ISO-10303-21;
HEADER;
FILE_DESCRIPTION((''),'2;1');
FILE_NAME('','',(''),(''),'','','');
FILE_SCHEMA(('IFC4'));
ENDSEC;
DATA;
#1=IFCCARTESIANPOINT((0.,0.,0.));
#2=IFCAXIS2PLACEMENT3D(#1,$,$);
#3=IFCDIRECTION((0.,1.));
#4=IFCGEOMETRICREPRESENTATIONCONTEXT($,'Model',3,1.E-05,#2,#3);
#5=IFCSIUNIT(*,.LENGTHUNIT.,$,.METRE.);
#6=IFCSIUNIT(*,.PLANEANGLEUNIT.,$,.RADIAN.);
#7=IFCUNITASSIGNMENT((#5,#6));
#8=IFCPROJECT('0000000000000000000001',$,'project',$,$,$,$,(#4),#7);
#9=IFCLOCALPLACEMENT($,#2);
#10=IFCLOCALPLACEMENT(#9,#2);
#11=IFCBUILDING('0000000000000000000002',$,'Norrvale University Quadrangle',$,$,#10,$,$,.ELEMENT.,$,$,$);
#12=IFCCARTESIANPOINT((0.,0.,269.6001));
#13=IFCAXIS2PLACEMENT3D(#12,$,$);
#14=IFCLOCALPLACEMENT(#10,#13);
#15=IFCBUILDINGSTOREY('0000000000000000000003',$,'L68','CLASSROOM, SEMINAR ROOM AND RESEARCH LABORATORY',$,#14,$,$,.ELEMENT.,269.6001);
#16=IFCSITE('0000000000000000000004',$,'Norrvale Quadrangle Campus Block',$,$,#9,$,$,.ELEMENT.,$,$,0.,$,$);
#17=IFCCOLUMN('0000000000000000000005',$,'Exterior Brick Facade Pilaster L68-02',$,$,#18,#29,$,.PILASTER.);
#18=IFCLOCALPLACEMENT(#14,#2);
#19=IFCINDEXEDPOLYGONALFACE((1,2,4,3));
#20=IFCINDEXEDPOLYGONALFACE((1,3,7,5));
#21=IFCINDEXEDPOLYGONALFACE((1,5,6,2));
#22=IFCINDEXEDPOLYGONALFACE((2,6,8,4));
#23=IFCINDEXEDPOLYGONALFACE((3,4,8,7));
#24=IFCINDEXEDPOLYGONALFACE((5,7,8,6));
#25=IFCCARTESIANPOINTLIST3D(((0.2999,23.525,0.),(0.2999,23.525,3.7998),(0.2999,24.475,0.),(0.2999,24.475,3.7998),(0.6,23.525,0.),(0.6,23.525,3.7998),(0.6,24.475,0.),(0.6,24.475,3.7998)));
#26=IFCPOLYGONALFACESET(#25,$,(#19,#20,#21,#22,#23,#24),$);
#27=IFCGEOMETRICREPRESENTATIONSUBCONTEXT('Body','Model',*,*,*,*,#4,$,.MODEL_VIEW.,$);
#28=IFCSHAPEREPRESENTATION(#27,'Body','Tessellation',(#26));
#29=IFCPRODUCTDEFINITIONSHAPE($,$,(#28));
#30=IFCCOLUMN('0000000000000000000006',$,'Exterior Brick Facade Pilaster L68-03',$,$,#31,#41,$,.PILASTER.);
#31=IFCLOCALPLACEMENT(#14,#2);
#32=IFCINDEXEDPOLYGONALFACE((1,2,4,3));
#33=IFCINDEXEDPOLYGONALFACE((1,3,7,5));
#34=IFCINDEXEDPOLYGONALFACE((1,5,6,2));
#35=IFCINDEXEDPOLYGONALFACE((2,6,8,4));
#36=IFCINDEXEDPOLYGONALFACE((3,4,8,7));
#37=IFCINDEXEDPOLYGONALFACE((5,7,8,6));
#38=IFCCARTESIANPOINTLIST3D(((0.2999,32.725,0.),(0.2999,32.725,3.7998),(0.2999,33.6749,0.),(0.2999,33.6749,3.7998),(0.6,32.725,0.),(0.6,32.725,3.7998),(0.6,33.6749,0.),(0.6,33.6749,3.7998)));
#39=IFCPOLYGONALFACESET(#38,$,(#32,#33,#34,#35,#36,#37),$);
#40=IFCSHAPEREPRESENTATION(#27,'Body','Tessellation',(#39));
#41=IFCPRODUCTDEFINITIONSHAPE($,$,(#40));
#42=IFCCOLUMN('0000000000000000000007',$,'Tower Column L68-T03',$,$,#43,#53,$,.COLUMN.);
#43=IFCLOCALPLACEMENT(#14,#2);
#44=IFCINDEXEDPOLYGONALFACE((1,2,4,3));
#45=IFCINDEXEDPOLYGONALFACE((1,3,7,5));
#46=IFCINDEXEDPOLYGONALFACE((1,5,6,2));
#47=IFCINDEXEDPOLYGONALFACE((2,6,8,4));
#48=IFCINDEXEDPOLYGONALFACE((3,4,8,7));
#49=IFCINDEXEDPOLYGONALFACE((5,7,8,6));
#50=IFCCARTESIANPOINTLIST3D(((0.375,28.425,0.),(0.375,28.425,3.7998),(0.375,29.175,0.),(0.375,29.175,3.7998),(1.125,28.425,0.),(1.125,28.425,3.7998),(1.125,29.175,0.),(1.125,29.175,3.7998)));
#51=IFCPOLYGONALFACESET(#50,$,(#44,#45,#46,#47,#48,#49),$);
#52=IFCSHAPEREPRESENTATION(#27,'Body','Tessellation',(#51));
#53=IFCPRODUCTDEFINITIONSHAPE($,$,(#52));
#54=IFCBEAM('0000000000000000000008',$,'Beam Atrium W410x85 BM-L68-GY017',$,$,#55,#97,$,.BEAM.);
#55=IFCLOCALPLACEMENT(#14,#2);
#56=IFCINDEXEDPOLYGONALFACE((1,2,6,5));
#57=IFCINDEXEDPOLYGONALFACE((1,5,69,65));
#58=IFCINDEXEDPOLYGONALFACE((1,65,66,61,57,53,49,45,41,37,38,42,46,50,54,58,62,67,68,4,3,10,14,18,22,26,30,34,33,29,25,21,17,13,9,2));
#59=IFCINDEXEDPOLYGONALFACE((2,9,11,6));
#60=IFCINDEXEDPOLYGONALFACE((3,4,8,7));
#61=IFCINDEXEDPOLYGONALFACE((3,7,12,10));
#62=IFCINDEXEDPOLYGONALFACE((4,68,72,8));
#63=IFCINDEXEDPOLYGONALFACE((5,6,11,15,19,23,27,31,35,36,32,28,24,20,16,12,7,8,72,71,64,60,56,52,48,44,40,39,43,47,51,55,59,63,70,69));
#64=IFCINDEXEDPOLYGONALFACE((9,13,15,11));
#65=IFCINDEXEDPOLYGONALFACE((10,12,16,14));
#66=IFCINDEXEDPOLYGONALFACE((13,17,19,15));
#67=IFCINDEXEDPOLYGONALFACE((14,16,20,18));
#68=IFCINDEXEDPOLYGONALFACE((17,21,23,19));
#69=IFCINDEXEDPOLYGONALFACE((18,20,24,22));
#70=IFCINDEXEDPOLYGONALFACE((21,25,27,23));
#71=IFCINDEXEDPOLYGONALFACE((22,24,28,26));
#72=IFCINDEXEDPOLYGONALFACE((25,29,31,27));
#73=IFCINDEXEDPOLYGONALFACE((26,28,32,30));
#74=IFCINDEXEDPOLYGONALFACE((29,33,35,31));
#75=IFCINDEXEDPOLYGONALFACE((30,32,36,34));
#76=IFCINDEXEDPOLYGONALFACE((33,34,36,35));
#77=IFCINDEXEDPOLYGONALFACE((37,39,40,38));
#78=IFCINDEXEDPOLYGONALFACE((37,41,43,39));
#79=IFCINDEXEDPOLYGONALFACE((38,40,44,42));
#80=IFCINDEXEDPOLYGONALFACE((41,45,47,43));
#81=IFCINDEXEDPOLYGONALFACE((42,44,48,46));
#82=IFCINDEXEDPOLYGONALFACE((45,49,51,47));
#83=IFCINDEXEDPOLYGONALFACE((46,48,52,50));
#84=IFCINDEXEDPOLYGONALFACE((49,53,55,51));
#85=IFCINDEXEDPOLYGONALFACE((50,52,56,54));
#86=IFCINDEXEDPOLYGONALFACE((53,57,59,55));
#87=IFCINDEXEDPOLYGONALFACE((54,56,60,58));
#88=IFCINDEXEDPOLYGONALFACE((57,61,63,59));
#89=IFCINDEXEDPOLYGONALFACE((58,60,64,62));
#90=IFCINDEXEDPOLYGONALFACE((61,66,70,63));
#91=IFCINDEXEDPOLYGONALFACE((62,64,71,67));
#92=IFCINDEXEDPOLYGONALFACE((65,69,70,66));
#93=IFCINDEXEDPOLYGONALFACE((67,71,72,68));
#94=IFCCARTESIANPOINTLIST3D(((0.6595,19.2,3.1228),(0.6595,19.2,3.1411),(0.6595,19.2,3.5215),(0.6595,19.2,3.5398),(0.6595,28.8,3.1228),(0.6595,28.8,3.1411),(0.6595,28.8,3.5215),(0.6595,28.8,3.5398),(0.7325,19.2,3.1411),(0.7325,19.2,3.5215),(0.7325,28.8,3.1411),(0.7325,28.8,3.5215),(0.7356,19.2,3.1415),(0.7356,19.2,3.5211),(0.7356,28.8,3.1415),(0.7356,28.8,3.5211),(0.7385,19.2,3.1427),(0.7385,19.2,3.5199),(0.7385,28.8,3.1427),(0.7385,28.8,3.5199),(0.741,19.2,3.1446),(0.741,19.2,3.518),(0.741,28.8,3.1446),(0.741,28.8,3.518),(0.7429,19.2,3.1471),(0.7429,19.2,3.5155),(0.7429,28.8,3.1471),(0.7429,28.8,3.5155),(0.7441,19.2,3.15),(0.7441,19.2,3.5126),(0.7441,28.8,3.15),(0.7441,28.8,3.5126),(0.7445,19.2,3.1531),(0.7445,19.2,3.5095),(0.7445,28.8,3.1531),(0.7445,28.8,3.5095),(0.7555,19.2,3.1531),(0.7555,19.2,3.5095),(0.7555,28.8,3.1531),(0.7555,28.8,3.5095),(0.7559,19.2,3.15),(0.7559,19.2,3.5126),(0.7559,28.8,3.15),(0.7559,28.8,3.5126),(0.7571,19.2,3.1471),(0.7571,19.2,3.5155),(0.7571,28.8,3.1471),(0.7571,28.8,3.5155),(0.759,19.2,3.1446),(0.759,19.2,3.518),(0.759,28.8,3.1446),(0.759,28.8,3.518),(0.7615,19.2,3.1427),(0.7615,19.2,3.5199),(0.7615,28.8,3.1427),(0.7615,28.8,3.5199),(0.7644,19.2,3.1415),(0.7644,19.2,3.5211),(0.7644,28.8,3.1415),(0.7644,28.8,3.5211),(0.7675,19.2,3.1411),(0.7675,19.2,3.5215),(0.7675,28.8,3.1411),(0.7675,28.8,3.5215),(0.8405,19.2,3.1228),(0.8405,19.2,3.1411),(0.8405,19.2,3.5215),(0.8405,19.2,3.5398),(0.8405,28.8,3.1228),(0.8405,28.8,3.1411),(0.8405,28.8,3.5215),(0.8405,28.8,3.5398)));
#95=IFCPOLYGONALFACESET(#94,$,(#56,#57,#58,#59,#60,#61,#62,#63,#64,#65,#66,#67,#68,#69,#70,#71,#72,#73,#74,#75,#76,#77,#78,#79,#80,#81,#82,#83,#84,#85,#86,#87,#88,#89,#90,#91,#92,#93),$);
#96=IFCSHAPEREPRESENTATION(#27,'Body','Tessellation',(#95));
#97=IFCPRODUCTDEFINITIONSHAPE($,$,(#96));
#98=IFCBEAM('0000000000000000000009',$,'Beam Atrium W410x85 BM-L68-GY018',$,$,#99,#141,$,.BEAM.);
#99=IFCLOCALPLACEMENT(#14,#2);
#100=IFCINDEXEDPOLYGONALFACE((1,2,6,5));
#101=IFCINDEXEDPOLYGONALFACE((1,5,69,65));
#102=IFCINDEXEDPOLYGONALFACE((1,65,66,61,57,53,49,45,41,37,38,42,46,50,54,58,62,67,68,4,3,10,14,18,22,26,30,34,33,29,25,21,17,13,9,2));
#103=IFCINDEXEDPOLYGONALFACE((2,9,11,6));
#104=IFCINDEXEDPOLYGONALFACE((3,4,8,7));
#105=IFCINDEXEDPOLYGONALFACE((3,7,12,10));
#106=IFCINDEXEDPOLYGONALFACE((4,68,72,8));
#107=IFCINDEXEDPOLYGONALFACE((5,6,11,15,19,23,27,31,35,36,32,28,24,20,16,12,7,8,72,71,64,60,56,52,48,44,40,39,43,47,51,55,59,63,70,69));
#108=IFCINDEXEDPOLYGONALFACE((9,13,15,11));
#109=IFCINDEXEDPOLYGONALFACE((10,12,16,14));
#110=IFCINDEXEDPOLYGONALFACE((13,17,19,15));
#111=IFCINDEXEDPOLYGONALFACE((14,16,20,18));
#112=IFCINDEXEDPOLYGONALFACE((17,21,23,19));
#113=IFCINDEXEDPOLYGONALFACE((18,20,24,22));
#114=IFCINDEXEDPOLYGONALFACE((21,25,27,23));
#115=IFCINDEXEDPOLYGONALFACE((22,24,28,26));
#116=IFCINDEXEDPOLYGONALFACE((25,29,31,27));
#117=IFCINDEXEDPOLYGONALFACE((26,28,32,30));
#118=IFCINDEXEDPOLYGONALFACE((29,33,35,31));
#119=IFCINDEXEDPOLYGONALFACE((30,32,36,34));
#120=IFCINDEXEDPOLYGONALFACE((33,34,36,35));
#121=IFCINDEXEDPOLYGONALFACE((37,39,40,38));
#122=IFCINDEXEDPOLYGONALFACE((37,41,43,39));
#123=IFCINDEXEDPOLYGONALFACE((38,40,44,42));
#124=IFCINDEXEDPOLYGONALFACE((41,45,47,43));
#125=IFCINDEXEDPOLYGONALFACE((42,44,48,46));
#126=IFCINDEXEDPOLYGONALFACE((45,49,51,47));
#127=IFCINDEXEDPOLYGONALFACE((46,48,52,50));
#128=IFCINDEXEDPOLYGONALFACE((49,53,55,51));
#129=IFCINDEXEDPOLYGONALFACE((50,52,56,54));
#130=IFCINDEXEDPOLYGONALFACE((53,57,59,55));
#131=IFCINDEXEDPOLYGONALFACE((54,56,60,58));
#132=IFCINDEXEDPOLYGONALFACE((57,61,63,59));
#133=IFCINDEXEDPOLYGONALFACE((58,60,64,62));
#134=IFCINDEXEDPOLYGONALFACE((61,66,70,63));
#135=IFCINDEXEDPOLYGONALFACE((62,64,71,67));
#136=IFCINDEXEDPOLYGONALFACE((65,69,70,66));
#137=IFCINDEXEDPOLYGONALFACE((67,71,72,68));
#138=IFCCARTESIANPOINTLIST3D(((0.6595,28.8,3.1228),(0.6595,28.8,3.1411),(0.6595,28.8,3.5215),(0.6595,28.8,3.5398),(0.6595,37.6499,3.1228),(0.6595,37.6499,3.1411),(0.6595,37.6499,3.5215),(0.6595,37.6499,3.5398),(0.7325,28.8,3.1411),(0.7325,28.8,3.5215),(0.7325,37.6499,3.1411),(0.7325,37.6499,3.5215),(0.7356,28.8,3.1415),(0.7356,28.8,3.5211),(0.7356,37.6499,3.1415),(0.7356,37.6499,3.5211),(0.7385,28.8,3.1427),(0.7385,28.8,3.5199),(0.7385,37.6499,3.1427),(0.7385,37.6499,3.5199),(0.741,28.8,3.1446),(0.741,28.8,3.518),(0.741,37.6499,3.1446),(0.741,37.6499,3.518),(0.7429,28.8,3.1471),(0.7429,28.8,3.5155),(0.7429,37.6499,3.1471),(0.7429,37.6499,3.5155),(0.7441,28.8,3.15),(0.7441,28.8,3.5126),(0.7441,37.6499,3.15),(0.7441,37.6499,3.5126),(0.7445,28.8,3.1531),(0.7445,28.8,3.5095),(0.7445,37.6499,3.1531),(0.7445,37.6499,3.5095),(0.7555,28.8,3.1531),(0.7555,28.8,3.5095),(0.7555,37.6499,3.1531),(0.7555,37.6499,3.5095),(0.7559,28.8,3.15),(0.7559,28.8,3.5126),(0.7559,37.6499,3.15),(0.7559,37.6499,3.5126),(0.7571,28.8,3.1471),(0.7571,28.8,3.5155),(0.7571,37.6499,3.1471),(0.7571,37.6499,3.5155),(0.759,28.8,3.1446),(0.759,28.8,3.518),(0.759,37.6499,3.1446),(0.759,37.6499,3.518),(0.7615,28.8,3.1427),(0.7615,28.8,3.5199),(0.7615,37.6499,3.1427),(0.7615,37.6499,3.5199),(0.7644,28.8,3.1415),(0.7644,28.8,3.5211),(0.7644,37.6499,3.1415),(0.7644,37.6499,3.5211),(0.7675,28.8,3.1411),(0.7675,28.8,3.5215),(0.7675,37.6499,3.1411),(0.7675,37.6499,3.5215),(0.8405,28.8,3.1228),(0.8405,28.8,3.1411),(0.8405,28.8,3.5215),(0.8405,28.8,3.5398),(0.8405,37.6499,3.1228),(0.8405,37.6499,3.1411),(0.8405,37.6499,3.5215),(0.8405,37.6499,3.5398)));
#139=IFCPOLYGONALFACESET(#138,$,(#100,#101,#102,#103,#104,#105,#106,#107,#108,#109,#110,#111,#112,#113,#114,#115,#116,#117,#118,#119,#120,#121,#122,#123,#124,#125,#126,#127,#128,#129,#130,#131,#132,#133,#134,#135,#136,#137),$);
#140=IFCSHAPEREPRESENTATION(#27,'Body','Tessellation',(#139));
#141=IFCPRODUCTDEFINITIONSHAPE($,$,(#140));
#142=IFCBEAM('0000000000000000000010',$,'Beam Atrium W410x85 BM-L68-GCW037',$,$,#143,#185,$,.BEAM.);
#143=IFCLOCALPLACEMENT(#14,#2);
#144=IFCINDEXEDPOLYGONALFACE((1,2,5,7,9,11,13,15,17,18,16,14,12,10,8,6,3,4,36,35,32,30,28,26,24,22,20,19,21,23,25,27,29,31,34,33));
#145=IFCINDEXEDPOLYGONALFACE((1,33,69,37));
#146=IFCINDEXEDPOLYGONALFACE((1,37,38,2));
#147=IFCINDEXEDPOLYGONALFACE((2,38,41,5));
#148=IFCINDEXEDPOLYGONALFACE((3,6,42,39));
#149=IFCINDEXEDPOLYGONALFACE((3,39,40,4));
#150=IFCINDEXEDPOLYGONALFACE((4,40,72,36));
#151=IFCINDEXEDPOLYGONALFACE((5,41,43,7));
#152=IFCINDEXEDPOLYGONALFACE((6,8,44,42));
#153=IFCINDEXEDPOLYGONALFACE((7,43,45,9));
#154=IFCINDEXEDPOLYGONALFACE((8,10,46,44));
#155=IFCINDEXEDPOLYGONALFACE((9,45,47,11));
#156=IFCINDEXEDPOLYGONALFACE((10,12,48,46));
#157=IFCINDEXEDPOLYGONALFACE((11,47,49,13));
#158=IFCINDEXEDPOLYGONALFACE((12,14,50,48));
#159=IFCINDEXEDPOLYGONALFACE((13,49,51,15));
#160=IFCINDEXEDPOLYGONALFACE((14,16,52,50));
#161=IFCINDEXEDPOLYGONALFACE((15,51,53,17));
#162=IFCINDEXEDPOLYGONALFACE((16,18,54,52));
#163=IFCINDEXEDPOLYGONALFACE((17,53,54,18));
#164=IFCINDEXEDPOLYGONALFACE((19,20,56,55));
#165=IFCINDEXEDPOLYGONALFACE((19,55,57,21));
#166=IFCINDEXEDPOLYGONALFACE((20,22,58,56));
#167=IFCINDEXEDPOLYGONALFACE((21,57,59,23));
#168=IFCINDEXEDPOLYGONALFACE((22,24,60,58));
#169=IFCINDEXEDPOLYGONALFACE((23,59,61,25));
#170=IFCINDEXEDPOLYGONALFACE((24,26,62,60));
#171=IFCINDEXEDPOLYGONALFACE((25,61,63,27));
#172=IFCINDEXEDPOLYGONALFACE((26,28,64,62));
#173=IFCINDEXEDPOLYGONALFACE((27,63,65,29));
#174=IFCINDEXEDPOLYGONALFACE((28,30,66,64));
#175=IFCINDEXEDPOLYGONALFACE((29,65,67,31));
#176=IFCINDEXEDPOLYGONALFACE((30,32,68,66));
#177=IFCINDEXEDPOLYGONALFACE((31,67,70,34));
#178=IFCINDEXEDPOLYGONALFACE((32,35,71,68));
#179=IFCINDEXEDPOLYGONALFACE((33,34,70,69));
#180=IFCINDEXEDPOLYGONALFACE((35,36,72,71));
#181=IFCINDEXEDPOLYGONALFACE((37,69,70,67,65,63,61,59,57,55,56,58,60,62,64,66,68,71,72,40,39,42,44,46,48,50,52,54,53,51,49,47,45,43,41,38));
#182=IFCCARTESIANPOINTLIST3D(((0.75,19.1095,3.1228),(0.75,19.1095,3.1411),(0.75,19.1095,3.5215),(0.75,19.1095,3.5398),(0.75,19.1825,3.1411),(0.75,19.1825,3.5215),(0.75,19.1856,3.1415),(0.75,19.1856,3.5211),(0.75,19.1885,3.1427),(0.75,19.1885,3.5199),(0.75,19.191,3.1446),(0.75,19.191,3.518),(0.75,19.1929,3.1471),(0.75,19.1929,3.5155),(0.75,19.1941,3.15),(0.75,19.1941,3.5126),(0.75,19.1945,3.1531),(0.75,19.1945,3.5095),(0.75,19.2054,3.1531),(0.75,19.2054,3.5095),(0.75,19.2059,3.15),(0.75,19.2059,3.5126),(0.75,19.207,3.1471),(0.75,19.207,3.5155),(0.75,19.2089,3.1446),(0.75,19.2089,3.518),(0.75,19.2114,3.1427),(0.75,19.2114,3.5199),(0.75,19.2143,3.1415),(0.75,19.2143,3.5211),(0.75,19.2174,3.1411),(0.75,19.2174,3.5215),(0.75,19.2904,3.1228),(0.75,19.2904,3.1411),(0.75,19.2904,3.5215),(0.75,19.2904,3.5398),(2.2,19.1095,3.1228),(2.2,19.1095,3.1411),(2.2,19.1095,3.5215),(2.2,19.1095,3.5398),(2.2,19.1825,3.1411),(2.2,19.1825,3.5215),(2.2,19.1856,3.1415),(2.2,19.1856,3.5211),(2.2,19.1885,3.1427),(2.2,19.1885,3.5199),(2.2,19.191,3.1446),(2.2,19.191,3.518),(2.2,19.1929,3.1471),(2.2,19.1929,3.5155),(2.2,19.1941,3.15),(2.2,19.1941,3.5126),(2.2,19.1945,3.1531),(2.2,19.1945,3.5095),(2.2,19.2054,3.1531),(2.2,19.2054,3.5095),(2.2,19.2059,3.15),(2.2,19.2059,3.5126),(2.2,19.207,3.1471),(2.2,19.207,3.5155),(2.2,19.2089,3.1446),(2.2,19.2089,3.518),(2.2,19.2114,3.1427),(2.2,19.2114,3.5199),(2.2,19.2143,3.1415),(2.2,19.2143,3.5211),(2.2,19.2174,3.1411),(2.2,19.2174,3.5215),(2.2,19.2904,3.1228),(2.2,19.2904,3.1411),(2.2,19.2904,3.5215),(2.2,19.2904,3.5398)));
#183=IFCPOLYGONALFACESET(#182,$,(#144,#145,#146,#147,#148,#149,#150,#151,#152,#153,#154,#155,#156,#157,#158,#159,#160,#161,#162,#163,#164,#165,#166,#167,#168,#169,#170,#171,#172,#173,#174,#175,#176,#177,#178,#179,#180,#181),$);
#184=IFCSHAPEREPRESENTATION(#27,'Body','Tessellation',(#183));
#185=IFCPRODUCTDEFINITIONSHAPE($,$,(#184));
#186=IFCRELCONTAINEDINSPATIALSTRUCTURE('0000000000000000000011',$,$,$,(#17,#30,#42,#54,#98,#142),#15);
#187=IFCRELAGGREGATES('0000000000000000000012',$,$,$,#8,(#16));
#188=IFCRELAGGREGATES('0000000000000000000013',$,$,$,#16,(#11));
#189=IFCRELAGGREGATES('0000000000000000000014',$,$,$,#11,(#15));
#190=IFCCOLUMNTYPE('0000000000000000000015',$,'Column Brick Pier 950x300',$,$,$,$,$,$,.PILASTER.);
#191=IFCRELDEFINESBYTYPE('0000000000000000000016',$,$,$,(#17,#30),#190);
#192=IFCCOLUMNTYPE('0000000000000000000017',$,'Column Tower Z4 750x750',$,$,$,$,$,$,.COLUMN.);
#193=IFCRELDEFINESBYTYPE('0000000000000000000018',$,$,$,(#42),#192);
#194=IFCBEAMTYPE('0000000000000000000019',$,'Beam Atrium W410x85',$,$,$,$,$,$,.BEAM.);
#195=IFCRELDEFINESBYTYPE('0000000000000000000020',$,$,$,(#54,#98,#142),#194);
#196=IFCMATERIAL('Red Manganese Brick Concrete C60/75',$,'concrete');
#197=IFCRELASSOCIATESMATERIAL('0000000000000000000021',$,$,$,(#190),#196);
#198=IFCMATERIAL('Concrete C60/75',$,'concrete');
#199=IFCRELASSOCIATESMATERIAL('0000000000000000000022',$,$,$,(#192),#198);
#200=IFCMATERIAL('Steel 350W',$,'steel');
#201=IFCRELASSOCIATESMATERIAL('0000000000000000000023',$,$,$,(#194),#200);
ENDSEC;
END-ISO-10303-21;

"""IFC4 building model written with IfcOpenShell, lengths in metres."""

from ifc_helpers import new_model, si_unit, direction, frame, origin, origin_2d, place, context, subcontext, project, spatial, rectangle, i_section, extrude, material, material_profile, profile_set, type_object, element, save


model = new_model("IFC4")

# Units and contexts
model_context = context("Model", 3, precision=1e-05, world=origin(), true_north=direction((0.0, 1.0)))
body_context = subcontext(model_context, "Body", "Model", "MODEL_VIEW")
ifc_project = project(units=[si_unit("LENGTHUNIT", "METRE"), si_unit("PLANEANGLEUNIT", "RADIAN")], contexts=[model_context])

# Site, building, storey
site_placement = place(None, origin())
site = spatial("IfcSite", under=ifc_project, at=site_placement, Name="Norrvale Quadrangle Campus Block", CompositionType="ELEMENT", RefElevation=0.0)
building_placement = place(site_placement, origin())
building = spatial("IfcBuilding", under=site, at=building_placement, Name="Norrvale University Quadrangle", CompositionType="ELEMENT")
storey_placement = place(building_placement, frame((0.0, 0.0, 269.6001)))
storey = spatial("IfcBuildingStorey", under=building, at=storey_placement, Name="L68", Description="CLASSROOM, SEMINAR ROOM AND RESEARCH LABORATORY", CompositionType="ELEMENT", Elevation=269.6001)

# Columns
ifc_material_1 = material(Name="Red Manganese Brick Concrete C60/75", Category="concrete")
ifc_material_profile_1 = material_profile(ifc_material_1, rectangle(XDim=0.95, YDim=0.3, at=origin_2d()), Name="Red Manganese Brick Concrete C60/75")
ifc_profile_set_1 = profile_set([ifc_material_profile_1], Name="Red Manganese Brick Concrete C60/75")
column_type_1 = type_object("IfcColumnType", Name="Column Brick Pier 950x300", PredefinedType="PILASTER", material=ifc_profile_set_1)
for number, where, z_axis, x_axis, name in (
    (1, (0.45, 24.0, 0.0), (0.0, 0.0, 1.0), (0.0, 1.0, 0.0), "Exterior Brick Facade Pilaster L68-02"),
    (2, (0.45, 33.2, 0.0), (0.0, 0.0, 1.0), (0.0, 1.0, 0.0), "Exterior Brick Facade Pilaster L68-03"),
):
    element("IfcColumn", number, at=place(storey_placement, frame(where, z_axis=z_axis, x_axis=x_axis)), inside=storey, type_object=column_type_1, Name=name, PredefinedType="PILASTER", context=body_context, shape_type="SweptSolid", body=[
        extrude(rectangle(XDim=0.95, YDim=0.3, at=origin_2d()), origin(), (0.0, 0.0, 1.0), 3.7998),
    ])
ifc_material_2 = material(Name="Concrete C60/75", Category="concrete")
ifc_material_profile_2 = material_profile(ifc_material_2, rectangle(XDim=0.75, YDim=0.75, at=origin_2d()), Name="Concrete C60/75")
ifc_profile_set_2 = profile_set([ifc_material_profile_2], Name="Concrete C60/75")
column_type_2 = type_object("IfcColumnType", Name="Column Tower Z4 750x750", PredefinedType="COLUMN", material=ifc_profile_set_2)
column_placement = place(storey_placement, frame((0.75, 28.8, 0.0), z_axis=(0.0, 0.0, 1.0), x_axis=(1.0, 0.0, 0.0)))
element("IfcColumn", 3, at=column_placement, inside=storey, type_object=column_type_2, Name="Tower Column L68-T03", PredefinedType="COLUMN", context=body_context, shape_type="SweptSolid", body=[
    extrude(rectangle(XDim=0.75, YDim=0.75, at=origin_2d()), origin(), (0.0, 0.0, 1.0), 3.7998),
])

# Beams
ifc_material_3 = material(Name="Steel 350W", Category="steel")
ifc_material_profile_3 = material_profile(ifc_material_3, i_section(OverallWidth=0.1809, OverallDepth=0.417, WebThickness=0.011, FlangeThickness=0.0183, FilletRadius=0.012, at=origin_2d()), Name="Steel 350W")
ifc_profile_set_3 = profile_set([ifc_material_profile_3], Name="Steel 350W")
beam_type = type_object("IfcBeamType", Name="Beam Atrium W410x85", PredefinedType="BEAM", material=ifc_profile_set_3)
beam_1_placement = place(storey_placement, frame((0.75, 19.2, 3.3313), z_axis=(0.0, 1.0, 0.0), x_axis=(-1.0, 0.0, 0.0)))
element("IfcBeam", 4, at=beam_1_placement, inside=storey, type_object=beam_type, Name="Beam Atrium W410x85 BM-L68-GY017", PredefinedType="BEAM", context=body_context, shape_type="SweptSolid", body=[
    extrude(i_section(OverallWidth=0.1809, OverallDepth=0.417, WebThickness=0.011, FlangeThickness=0.0183, FilletRadius=0.012, at=origin_2d()), origin(), (0.0, 0.0, 1.0), 9.6001),
])
beam_2_placement = place(storey_placement, frame((0.75, 28.8, 3.3313), z_axis=(0.0, 1.0, 0.0), x_axis=(-1.0, 0.0, 0.0)))
element("IfcBeam", 5, at=beam_2_placement, inside=storey, type_object=beam_type, Name="Beam Atrium W410x85 BM-L68-GY018", PredefinedType="BEAM", context=body_context, shape_type="SweptSolid", body=[
    extrude(i_section(OverallWidth=0.1809, OverallDepth=0.417, WebThickness=0.011, FlangeThickness=0.0183, FilletRadius=0.012, at=origin_2d()), origin(), (0.0, 0.0, 1.0), 8.8499),
])
for number, where, z_axis, x_axis, name in (
    (6, (0.75, 19.2, 3.3313), (1.0, 0.0, 0.0), (0.0, 1.0, 0.0), "Beam Atrium W410x85 BM-L68-GCW037"),
):
    element("IfcBeam", number, at=place(storey_placement, frame(where, z_axis=z_axis, x_axis=x_axis)), inside=storey, type_object=beam_type, Name=name, PredefinedType="BEAM", context=body_context, shape_type="SweptSolid", body=[
        extrude(i_section(OverallWidth=0.1809, OverallDepth=0.417, WebThickness=0.011, FlangeThickness=0.0183, FilletRadius=0.012, at=origin_2d()), origin(), (0.0, 0.0, 1.0), 1.45),
    ])

save(model, "model.ifc")
